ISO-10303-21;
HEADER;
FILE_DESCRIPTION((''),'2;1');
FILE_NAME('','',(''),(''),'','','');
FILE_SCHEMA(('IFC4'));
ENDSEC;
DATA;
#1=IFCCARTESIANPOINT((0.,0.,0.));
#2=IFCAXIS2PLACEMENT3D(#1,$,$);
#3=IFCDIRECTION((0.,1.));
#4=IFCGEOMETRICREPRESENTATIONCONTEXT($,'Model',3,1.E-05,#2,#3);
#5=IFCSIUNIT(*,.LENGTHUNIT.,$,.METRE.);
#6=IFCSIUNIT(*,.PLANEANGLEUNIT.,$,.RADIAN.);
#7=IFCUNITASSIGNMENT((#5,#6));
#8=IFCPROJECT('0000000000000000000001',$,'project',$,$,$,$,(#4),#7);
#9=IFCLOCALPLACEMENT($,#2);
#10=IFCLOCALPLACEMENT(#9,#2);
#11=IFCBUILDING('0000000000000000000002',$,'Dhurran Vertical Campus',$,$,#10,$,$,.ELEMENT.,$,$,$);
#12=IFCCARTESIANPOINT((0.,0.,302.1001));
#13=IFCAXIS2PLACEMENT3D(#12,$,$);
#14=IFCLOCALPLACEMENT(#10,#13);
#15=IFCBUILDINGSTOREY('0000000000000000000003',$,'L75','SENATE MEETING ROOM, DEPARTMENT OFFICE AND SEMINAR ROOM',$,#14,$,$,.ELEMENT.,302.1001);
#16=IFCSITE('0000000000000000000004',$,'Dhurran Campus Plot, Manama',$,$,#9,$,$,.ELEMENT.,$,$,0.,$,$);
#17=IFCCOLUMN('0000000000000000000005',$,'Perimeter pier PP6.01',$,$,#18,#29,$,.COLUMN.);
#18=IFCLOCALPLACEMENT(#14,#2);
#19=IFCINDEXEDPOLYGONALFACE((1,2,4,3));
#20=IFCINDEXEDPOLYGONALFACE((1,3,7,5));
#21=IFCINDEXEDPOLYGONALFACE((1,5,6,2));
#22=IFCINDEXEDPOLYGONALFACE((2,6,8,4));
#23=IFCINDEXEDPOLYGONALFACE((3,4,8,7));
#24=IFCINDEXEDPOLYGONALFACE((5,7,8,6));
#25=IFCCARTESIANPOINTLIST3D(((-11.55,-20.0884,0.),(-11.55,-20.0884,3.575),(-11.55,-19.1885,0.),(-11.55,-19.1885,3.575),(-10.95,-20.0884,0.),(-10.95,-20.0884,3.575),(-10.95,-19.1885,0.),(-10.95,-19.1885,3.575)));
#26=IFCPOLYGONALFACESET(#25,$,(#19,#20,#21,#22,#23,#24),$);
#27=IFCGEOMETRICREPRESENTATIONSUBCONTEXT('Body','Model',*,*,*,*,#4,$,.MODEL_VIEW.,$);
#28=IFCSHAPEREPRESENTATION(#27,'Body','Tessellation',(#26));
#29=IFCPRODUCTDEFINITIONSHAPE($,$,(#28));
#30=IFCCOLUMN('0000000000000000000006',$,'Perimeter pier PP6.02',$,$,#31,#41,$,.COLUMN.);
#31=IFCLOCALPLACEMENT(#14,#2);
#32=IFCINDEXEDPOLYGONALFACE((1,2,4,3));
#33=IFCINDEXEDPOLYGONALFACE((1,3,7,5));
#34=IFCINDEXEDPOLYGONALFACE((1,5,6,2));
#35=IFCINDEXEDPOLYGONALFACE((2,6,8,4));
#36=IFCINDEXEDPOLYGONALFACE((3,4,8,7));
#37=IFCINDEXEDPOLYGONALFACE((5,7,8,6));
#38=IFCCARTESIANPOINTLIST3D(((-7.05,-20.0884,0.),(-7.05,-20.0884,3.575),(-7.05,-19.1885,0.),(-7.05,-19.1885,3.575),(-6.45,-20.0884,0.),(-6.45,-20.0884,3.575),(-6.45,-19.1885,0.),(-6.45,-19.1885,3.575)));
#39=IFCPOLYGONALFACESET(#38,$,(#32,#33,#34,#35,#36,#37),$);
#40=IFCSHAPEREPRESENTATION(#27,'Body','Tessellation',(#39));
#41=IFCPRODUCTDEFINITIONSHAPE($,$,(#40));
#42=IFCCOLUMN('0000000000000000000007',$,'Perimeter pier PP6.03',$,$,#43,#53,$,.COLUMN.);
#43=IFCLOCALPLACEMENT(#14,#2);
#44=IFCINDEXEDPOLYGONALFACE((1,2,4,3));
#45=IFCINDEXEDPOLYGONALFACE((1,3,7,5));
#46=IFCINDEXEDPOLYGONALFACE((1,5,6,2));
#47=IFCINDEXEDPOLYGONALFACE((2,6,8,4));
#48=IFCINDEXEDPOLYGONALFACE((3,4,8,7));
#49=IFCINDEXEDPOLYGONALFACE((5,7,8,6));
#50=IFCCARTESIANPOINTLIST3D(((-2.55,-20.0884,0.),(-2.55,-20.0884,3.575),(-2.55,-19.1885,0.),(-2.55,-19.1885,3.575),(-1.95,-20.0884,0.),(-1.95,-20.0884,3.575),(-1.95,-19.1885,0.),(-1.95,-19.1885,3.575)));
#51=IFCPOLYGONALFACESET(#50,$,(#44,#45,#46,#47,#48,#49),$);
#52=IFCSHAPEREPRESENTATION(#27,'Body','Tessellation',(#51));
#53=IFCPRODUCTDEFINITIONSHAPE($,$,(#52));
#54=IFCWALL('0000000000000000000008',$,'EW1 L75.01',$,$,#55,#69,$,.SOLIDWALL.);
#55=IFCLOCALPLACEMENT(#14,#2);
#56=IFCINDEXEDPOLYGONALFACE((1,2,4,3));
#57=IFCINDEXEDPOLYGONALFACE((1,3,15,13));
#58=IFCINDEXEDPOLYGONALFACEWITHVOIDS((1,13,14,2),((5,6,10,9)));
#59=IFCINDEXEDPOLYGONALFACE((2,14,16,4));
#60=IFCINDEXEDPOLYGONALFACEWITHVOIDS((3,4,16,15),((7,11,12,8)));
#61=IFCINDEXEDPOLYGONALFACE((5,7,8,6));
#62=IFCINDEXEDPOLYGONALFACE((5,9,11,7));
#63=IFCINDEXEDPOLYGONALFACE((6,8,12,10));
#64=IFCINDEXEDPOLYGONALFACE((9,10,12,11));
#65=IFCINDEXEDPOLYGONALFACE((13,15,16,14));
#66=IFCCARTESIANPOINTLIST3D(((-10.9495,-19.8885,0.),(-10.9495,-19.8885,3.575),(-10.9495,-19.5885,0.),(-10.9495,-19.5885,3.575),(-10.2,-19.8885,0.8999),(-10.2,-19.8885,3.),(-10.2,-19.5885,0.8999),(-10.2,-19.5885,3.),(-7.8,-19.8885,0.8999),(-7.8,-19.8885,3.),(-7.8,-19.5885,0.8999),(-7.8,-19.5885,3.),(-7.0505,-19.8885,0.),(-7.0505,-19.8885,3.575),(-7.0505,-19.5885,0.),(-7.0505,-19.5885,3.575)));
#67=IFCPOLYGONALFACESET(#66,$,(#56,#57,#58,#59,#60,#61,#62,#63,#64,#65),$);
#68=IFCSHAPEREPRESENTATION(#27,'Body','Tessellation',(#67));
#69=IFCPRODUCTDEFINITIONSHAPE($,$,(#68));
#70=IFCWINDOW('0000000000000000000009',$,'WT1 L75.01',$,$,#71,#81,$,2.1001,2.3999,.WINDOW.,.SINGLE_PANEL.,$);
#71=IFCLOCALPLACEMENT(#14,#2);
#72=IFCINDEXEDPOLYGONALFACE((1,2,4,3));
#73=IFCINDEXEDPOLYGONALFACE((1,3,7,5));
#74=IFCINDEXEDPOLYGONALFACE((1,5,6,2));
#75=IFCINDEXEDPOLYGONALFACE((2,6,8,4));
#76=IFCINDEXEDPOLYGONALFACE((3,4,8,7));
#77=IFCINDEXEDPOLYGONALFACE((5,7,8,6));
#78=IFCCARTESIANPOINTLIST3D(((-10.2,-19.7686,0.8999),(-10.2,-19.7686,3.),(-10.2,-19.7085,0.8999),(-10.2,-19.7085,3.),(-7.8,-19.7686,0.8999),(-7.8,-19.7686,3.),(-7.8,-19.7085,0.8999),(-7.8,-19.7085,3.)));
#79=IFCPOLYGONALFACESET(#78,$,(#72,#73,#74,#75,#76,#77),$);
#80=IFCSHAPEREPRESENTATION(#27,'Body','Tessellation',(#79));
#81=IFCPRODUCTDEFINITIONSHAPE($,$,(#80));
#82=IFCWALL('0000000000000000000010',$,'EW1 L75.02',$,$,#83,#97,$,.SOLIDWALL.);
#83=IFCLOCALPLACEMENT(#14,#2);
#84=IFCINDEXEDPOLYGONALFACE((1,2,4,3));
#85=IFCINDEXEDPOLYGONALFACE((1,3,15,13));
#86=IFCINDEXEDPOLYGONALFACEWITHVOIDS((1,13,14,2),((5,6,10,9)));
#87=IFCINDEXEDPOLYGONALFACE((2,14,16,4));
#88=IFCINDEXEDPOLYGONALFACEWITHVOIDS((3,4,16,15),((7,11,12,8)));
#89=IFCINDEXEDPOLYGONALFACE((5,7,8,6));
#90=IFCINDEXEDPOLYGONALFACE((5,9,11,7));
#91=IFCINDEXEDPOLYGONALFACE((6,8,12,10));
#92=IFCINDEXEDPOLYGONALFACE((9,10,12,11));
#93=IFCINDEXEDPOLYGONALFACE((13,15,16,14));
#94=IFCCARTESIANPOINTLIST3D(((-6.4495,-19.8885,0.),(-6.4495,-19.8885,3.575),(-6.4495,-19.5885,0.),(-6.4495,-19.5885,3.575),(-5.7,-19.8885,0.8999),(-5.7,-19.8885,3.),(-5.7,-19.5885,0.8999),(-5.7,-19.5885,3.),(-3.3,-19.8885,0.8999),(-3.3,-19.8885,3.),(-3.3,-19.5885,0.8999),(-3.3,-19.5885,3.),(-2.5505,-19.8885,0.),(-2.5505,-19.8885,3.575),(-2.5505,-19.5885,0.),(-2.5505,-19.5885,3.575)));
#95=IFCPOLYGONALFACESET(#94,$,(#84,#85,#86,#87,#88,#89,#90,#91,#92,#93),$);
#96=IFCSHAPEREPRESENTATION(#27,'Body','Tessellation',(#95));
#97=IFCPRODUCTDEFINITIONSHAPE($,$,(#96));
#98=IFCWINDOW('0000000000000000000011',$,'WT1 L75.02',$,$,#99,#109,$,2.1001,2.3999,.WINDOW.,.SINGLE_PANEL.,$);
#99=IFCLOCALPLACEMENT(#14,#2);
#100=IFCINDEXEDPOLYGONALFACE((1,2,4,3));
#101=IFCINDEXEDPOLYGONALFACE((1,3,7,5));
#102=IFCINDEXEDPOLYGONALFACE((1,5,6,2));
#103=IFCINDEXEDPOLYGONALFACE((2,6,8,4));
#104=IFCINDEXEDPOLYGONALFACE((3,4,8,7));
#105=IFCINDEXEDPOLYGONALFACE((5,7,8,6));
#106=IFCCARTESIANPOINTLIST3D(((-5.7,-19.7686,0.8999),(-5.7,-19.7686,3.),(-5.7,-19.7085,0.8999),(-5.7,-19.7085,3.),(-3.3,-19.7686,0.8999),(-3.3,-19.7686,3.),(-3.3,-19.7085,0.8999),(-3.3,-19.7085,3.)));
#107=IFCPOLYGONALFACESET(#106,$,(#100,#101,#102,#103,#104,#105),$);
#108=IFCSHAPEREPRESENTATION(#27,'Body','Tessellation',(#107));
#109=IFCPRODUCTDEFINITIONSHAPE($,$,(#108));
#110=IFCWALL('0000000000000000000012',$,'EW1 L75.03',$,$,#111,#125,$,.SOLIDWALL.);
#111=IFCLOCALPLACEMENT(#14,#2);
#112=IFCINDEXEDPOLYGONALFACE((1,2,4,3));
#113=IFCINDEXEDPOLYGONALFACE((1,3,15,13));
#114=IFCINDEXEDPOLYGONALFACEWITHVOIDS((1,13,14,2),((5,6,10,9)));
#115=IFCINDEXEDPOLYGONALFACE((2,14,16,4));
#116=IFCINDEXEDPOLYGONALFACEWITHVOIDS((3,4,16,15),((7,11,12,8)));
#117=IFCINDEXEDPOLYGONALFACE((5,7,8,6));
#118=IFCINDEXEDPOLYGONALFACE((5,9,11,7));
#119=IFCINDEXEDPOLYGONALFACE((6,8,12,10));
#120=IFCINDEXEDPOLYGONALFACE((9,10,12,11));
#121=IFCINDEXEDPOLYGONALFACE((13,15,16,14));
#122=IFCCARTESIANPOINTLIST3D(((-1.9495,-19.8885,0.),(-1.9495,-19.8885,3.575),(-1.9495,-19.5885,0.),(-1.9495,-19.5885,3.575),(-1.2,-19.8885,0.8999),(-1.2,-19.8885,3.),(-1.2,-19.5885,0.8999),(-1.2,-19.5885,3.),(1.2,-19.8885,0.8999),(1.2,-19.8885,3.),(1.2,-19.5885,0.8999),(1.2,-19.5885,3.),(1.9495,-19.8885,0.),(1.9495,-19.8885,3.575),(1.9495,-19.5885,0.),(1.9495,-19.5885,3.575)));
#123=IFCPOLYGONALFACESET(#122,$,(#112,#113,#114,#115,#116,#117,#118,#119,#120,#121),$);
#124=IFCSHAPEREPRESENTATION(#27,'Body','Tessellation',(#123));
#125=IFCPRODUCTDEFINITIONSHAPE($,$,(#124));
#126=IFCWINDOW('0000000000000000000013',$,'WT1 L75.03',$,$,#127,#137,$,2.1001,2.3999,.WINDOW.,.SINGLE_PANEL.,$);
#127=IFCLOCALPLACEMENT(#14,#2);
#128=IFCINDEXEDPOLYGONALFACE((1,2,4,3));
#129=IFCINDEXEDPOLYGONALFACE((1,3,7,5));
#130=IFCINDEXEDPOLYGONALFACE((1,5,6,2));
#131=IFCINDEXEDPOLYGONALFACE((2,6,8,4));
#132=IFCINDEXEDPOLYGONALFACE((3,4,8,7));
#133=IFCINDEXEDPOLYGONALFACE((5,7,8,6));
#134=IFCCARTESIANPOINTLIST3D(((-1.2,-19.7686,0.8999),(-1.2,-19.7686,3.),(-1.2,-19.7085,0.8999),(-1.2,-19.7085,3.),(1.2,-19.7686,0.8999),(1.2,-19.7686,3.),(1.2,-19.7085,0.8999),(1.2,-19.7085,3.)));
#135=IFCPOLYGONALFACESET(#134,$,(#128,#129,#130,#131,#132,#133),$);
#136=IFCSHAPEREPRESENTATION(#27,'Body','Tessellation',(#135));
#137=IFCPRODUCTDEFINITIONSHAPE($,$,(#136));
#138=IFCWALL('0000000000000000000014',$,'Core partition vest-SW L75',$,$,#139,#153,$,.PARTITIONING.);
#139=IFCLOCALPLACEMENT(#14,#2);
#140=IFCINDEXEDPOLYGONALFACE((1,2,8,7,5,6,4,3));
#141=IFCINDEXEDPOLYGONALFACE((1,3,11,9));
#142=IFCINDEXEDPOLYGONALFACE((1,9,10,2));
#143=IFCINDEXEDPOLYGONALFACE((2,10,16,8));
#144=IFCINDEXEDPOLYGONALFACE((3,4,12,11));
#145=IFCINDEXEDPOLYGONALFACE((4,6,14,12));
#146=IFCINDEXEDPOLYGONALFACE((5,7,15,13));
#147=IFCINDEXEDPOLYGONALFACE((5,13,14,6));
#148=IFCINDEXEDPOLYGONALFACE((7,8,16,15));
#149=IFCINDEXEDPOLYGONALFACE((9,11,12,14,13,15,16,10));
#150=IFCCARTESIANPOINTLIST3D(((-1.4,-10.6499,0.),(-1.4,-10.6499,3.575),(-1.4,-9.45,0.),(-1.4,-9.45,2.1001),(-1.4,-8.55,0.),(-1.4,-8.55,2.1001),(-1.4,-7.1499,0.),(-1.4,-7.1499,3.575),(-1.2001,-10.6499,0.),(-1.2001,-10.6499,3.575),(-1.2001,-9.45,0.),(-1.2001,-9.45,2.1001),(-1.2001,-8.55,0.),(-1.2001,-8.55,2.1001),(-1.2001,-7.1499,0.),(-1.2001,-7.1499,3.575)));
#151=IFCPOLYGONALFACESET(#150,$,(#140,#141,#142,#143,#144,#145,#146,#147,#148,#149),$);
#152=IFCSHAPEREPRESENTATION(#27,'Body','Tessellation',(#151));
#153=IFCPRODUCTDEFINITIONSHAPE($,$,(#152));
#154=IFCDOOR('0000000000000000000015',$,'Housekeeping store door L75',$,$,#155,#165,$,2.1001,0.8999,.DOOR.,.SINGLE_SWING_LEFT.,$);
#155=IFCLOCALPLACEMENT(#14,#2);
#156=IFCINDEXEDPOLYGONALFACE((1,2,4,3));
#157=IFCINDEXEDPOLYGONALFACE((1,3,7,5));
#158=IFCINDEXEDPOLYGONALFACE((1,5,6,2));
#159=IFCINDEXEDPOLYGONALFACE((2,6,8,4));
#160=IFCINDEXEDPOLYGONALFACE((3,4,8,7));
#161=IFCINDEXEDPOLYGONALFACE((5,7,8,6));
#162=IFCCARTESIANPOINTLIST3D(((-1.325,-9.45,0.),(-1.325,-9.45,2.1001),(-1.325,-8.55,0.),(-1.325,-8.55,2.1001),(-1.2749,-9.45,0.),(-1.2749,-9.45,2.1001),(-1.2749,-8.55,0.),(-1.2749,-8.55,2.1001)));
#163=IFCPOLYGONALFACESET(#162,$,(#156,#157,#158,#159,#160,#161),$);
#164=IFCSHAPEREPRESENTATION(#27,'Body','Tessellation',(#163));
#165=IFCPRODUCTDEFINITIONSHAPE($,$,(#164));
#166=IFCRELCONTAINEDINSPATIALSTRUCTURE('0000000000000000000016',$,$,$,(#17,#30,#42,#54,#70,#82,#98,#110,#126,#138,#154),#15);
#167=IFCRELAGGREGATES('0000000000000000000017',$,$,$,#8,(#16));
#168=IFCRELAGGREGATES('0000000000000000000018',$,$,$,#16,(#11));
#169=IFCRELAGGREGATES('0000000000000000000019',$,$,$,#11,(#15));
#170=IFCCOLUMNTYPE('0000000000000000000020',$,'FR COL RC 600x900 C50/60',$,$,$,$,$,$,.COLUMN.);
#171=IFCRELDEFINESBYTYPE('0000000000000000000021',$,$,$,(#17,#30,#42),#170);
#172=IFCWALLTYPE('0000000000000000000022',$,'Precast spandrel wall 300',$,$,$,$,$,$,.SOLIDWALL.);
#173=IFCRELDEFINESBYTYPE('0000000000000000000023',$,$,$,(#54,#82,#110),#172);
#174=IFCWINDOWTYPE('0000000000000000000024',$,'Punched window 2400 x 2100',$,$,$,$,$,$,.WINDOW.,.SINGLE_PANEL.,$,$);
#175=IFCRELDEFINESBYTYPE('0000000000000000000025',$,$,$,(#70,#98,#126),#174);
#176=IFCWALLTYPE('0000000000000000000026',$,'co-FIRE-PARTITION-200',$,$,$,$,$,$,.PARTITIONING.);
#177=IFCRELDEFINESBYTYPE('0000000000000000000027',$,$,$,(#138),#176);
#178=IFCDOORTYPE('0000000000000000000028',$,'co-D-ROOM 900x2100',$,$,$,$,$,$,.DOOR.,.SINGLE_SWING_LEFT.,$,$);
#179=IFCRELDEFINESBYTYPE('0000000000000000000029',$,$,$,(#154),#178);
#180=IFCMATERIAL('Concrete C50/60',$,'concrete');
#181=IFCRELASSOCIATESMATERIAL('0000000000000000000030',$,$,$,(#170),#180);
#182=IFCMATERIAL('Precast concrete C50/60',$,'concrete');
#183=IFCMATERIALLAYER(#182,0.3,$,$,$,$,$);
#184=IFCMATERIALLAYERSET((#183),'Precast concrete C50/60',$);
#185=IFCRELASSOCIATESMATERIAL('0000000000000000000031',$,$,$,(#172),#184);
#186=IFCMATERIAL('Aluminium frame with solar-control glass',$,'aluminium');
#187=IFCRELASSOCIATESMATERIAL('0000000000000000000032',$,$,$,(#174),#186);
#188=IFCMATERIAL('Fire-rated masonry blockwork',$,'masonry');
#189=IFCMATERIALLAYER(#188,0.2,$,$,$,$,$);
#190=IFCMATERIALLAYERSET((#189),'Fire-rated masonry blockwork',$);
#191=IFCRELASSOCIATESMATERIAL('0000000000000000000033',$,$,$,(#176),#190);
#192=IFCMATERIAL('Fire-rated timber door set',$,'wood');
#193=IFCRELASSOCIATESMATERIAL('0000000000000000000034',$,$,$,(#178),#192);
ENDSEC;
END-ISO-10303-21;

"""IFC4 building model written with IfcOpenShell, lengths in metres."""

from ifc_helpers import new_model, si_unit, direction, frame, frame_2d, origin, origin_2d, place, context, subcontext, project, spatial, rectangle, extrude, material, layer, layer_set, material_profile, profile_set, type_object, element, fill, save


model = new_model("IFC4")

# Units and contexts
model_context = context("Model", 3, precision=1e-05, world=origin(), true_north=direction((0.0, 1.0)))
body_context = subcontext(model_context, "Body", "Model", "MODEL_VIEW")
ifc_project = project(units=[si_unit("LENGTHUNIT", "METRE"), si_unit("PLANEANGLEUNIT", "RADIAN")], contexts=[model_context])

# Site, building, storey
site_placement = place(None, origin())
site = spatial("IfcSite", under=ifc_project, at=site_placement, Name="Dhurran Campus Plot, Manama", CompositionType="ELEMENT", RefElevation=0.0)
building_placement = place(site_placement, origin())
building = spatial("IfcBuilding", under=site, at=building_placement, Name="Dhurran Vertical Campus", CompositionType="ELEMENT")
storey_placement = place(building_placement, frame((0.0, 0.0, 302.1001)))
storey = spatial("IfcBuildingStorey", under=building, at=storey_placement, Name="L75", Description="SENATE MEETING ROOM, DEPARTMENT OFFICE AND SEMINAR ROOM", CompositionType="ELEMENT", Elevation=302.1001)

# Columns
ifc_material_1 = material(Name="Concrete C50/60", Category="concrete")
ifc_material_profile = material_profile(ifc_material_1, rectangle(XDim=0.6001, YDim=0.8999, at=origin_2d()), Name="RC 600x900")
ifc_profile_set = profile_set([ifc_material_profile], Name="Concrete C50/60")
column_type = type_object("IfcColumnType", Name="FR COL RC 600x900 C50/60", PredefinedType="COLUMN", material=ifc_profile_set)
for number, where, z_axis, x_axis, name in (
    (1, (-11.25, -19.6384, 0.0), (0.0, 0.0, 1.0), (1.0, 0.0, 0.0), "Perimeter pier PP6.01"),
    (2, (-6.75, -19.6384, 0.0), (0.0, 0.0, 1.0), (1.0, 0.0, 0.0), "Perimeter pier PP6.02"),
    (3, (-2.25, -19.6384, 0.0), (0.0, 0.0, 1.0), (1.0, 0.0, 0.0), "Perimeter pier PP6.03"),
):
    element("IfcColumn", number, at=place(storey_placement, frame(where, z_axis=z_axis, x_axis=x_axis)), inside=storey, type_object=column_type, Name=name, PredefinedType="COLUMN", context=body_context, shape_type="SweptSolid", body=[
        extrude(rectangle(XDim=0.6001, YDim=0.8999, at=origin_2d()), origin(), (0.0, 0.0, 1.0), 3.575),
    ])

# Walls, openings, windows
ifc_material_2 = material(Name="Precast concrete C50/60", Category="concrete")
ifc_layer_1 = layer(ifc_material_2, 0.3)
ifc_layer_set_1 = layer_set([ifc_layer_1], Name="Precast concrete C50/60")
wall_type_1 = type_object("IfcWallType", Name="Precast spandrel wall 300", PredefinedType="SOLIDWALL", material=ifc_layer_set_1)
wall_1_placement = place(storey_placement, frame((-10.9495, -19.7385, 0.0), z_axis=(0.0, 0.0, 1.0), x_axis=(1.0, 0.0, 0.0)))
wall_1 = element("IfcWall", 4, at=wall_1_placement, inside=storey, type_object=wall_type_1, Name="EW1 L75.01", PredefinedType="SOLIDWALL", context=body_context, shape_type="SweptSolid", body=[
    extrude(rectangle(XDim=3.8989, YDim=0.3, at=frame_2d((1.9495, 0.0))), origin(), (0.0, 0.0, 1.0), 3.575),
])
opening_1_placement = place(wall_1_placement, frame((0.7495, 0.0, 0.8999)))
opening_1 = element("IfcOpeningElement", 5, at=opening_1_placement, cuts=wall_1, PredefinedType="OPENING", context=body_context, shape_type="SweptSolid", body=[
    extrude(rectangle(XDim=2.3999, YDim=2.1001, at=frame_2d((1.2, 1.05))), frame((0.0, 0.1599, 0.0), z_axis=(0.0, -1.0, 0.0), x_axis=(1.0, 0.0, 0.0)), (0.0, 0.0, 1.0), 0.3201),
])
ifc_material_3 = material(Name="Aluminium frame with solar-control glass", Category="aluminium")
window_type = type_object("IfcWindowType", Name="Punched window 2400 x 2100", PartitioningType="SINGLE_PANEL", PredefinedType="WINDOW", material=ifc_material_3)
window_1_placement = place(opening_1_placement, origin())
window_1 = element("IfcWindow", 6, at=window_1_placement, inside=storey, type_object=window_type, Name="WT1 L75.01", OverallHeight=2.1001, OverallWidth=2.3999, PartitioningType="SINGLE_PANEL", PredefinedType="WINDOW", context=body_context, shape_type="SweptSolid", body=[
    extrude(rectangle(XDim=2.3999, YDim=2.1001, at=frame_2d((1.2, 1.05))), frame((0.0, 0.03, 0.0), z_axis=(0.0, -1.0, 0.0), x_axis=(1.0, 0.0, 0.0)), (0.0, 0.0, 1.0), 0.0601),
])
fill(opening_1, window_1)
wall_2_placement = place(storey_placement, frame((-6.4495, -19.7385, 0.0), z_axis=(0.0, 0.0, 1.0), x_axis=(1.0, 0.0, 0.0)))
wall_2 = element("IfcWall", 7, at=wall_2_placement, inside=storey, type_object=wall_type_1, Name="EW1 L75.02", PredefinedType="SOLIDWALL", context=body_context, shape_type="SweptSolid", body=[
    extrude(rectangle(XDim=3.8989, YDim=0.3, at=frame_2d((1.9495, 0.0))), origin(), (0.0, 0.0, 1.0), 3.575),
])
opening_2_placement = place(wall_2_placement, frame((0.7495, 0.0, 0.8999)))
opening_2 = element("IfcOpeningElement", 8, at=opening_2_placement, cuts=wall_2, PredefinedType="OPENING", context=body_context, shape_type="SweptSolid", body=[
    extrude(rectangle(XDim=2.3999, YDim=2.1001, at=frame_2d((1.2, 1.05))), frame((0.0, 0.1599, 0.0), z_axis=(0.0, -1.0, 0.0), x_axis=(1.0, 0.0, 0.0)), (0.0, 0.0, 1.0), 0.3201),
])
window_2_placement = place(opening_2_placement, origin())
window_2 = element("IfcWindow", 9, at=window_2_placement, inside=storey, type_object=window_type, Name="WT1 L75.02", OverallHeight=2.1001, OverallWidth=2.3999, PartitioningType="SINGLE_PANEL", PredefinedType="WINDOW", context=body_context, shape_type="SweptSolid", body=[
    extrude(rectangle(XDim=2.3999, YDim=2.1001, at=frame_2d((1.2, 1.05))), frame((0.0, 0.03, 0.0), z_axis=(0.0, -1.0, 0.0), x_axis=(1.0, 0.0, 0.0)), (0.0, 0.0, 1.0), 0.0601),
])
fill(opening_2, window_2)
wall_3_placement = place(storey_placement, frame((-1.9495, -19.7385, 0.0), z_axis=(0.0, 0.0, 1.0), x_axis=(1.0, 0.0, 0.0)))
wall_3 = element("IfcWall", 10, at=wall_3_placement, inside=storey, type_object=wall_type_1, Name="EW1 L75.03", PredefinedType="SOLIDWALL", context=body_context, shape_type="SweptSolid", body=[
    extrude(rectangle(XDim=3.8989, YDim=0.3, at=frame_2d((1.9495, 0.0))), origin(), (0.0, 0.0, 1.0), 3.575),
])
opening_3_placement = place(wall_3_placement, frame((0.7495, 0.0, 0.8999)))
opening_3 = element("IfcOpeningElement", 11, at=opening_3_placement, cuts=wall_3, PredefinedType="OPENING", context=body_context, shape_type="SweptSolid", body=[
    extrude(rectangle(XDim=2.3999, YDim=2.1001, at=frame_2d((1.2, 1.05))), frame((0.0, 0.1599, 0.0), z_axis=(0.0, -1.0, 0.0), x_axis=(1.0, 0.0, 0.0)), (0.0, 0.0, 1.0), 0.3201),
])
window_3_placement = place(opening_3_placement, origin())
window_3 = element("IfcWindow", 12, at=window_3_placement, inside=storey, type_object=window_type, Name="WT1 L75.03", OverallHeight=2.1001, OverallWidth=2.3999, PartitioningType="SINGLE_PANEL", PredefinedType="WINDOW", context=body_context, shape_type="SweptSolid", body=[
    extrude(rectangle(XDim=2.3999, YDim=2.1001, at=frame_2d((1.2, 1.05))), frame((0.0, 0.03, 0.0), z_axis=(0.0, -1.0, 0.0), x_axis=(1.0, 0.0, 0.0)), (0.0, 0.0, 1.0), 0.0601),
])
fill(opening_3, window_3)

# Wall, opening, door
ifc_material_4 = material(Name="Fire-rated masonry blockwork", Category="masonry")
ifc_layer_2 = layer(ifc_material_4, 0.2)
ifc_layer_set_2 = layer_set([ifc_layer_2], Name="Fire-rated masonry blockwork")
wall_type_2 = type_object("IfcWallType", Name="co-FIRE-PARTITION-200", PredefinedType="PARTITIONING", material=ifc_layer_set_2)
wall_4_placement = place(storey_placement, frame((-1.3, -10.6499, 0.0), z_axis=(0.0, 0.0, 1.0), x_axis=(0.0, 1.0, 0.0)))
wall_4 = element("IfcWall", 13, at=wall_4_placement, inside=storey, type_object=wall_type_2, Name="Core partition vest-SW L75", PredefinedType="PARTITIONING", context=body_context, shape_type="SweptSolid", body=[
    extrude(rectangle(XDim=3.5, YDim=0.2, at=frame_2d((1.75, 0.0))), origin(), (0.0, 0.0, 1.0), 3.575),
])
opening_4_placement = place(wall_4_placement, frame((1.2, 0.0, 0.0)))
opening_4 = element("IfcOpeningElement", 14, at=opening_4_placement, cuts=wall_4, PredefinedType="OPENING", context=body_context, shape_type="SweptSolid", body=[
    extrude(rectangle(XDim=0.8999, YDim=2.1001, at=frame_2d((0.45, 1.05))), frame((0.0, 0.1099, 0.0), z_axis=(0.0, -1.0, 0.0), x_axis=(1.0, 0.0, 0.0)), (0.0, 0.0, 1.0), 0.22),
])
ifc_material_5 = material(Name="Fire-rated timber door set", Category="wood")
door_type_1 = type_object("IfcDoorType", Name="co-D-ROOM 900x2100", OperationType="SINGLE_SWING_LEFT", PredefinedType="DOOR", material=ifc_material_5)
door_1_placement = place(opening_4_placement, origin())
door_1 = element("IfcDoor", 15, at=door_1_placement, inside=storey, type_object=door_type_1, Name="Housekeeping store door L75", OperationType="SINGLE_SWING_LEFT", OverallHeight=2.1001, OverallWidth=0.8999, PredefinedType="DOOR", context=body_context, shape_type="SweptSolid", body=[
    extrude(rectangle(XDim=0.8999, YDim=2.1001, at=frame_2d((0.45, 1.05))), frame((0.0, 0.0249, 0.0), z_axis=(0.0, -1.0, 0.0), x_axis=(1.0, 0.0, 0.0)), (0.0, 0.0, 1.0), 0.05),
])
fill(opening_4, door_1)

save(model, "model.ifc")
